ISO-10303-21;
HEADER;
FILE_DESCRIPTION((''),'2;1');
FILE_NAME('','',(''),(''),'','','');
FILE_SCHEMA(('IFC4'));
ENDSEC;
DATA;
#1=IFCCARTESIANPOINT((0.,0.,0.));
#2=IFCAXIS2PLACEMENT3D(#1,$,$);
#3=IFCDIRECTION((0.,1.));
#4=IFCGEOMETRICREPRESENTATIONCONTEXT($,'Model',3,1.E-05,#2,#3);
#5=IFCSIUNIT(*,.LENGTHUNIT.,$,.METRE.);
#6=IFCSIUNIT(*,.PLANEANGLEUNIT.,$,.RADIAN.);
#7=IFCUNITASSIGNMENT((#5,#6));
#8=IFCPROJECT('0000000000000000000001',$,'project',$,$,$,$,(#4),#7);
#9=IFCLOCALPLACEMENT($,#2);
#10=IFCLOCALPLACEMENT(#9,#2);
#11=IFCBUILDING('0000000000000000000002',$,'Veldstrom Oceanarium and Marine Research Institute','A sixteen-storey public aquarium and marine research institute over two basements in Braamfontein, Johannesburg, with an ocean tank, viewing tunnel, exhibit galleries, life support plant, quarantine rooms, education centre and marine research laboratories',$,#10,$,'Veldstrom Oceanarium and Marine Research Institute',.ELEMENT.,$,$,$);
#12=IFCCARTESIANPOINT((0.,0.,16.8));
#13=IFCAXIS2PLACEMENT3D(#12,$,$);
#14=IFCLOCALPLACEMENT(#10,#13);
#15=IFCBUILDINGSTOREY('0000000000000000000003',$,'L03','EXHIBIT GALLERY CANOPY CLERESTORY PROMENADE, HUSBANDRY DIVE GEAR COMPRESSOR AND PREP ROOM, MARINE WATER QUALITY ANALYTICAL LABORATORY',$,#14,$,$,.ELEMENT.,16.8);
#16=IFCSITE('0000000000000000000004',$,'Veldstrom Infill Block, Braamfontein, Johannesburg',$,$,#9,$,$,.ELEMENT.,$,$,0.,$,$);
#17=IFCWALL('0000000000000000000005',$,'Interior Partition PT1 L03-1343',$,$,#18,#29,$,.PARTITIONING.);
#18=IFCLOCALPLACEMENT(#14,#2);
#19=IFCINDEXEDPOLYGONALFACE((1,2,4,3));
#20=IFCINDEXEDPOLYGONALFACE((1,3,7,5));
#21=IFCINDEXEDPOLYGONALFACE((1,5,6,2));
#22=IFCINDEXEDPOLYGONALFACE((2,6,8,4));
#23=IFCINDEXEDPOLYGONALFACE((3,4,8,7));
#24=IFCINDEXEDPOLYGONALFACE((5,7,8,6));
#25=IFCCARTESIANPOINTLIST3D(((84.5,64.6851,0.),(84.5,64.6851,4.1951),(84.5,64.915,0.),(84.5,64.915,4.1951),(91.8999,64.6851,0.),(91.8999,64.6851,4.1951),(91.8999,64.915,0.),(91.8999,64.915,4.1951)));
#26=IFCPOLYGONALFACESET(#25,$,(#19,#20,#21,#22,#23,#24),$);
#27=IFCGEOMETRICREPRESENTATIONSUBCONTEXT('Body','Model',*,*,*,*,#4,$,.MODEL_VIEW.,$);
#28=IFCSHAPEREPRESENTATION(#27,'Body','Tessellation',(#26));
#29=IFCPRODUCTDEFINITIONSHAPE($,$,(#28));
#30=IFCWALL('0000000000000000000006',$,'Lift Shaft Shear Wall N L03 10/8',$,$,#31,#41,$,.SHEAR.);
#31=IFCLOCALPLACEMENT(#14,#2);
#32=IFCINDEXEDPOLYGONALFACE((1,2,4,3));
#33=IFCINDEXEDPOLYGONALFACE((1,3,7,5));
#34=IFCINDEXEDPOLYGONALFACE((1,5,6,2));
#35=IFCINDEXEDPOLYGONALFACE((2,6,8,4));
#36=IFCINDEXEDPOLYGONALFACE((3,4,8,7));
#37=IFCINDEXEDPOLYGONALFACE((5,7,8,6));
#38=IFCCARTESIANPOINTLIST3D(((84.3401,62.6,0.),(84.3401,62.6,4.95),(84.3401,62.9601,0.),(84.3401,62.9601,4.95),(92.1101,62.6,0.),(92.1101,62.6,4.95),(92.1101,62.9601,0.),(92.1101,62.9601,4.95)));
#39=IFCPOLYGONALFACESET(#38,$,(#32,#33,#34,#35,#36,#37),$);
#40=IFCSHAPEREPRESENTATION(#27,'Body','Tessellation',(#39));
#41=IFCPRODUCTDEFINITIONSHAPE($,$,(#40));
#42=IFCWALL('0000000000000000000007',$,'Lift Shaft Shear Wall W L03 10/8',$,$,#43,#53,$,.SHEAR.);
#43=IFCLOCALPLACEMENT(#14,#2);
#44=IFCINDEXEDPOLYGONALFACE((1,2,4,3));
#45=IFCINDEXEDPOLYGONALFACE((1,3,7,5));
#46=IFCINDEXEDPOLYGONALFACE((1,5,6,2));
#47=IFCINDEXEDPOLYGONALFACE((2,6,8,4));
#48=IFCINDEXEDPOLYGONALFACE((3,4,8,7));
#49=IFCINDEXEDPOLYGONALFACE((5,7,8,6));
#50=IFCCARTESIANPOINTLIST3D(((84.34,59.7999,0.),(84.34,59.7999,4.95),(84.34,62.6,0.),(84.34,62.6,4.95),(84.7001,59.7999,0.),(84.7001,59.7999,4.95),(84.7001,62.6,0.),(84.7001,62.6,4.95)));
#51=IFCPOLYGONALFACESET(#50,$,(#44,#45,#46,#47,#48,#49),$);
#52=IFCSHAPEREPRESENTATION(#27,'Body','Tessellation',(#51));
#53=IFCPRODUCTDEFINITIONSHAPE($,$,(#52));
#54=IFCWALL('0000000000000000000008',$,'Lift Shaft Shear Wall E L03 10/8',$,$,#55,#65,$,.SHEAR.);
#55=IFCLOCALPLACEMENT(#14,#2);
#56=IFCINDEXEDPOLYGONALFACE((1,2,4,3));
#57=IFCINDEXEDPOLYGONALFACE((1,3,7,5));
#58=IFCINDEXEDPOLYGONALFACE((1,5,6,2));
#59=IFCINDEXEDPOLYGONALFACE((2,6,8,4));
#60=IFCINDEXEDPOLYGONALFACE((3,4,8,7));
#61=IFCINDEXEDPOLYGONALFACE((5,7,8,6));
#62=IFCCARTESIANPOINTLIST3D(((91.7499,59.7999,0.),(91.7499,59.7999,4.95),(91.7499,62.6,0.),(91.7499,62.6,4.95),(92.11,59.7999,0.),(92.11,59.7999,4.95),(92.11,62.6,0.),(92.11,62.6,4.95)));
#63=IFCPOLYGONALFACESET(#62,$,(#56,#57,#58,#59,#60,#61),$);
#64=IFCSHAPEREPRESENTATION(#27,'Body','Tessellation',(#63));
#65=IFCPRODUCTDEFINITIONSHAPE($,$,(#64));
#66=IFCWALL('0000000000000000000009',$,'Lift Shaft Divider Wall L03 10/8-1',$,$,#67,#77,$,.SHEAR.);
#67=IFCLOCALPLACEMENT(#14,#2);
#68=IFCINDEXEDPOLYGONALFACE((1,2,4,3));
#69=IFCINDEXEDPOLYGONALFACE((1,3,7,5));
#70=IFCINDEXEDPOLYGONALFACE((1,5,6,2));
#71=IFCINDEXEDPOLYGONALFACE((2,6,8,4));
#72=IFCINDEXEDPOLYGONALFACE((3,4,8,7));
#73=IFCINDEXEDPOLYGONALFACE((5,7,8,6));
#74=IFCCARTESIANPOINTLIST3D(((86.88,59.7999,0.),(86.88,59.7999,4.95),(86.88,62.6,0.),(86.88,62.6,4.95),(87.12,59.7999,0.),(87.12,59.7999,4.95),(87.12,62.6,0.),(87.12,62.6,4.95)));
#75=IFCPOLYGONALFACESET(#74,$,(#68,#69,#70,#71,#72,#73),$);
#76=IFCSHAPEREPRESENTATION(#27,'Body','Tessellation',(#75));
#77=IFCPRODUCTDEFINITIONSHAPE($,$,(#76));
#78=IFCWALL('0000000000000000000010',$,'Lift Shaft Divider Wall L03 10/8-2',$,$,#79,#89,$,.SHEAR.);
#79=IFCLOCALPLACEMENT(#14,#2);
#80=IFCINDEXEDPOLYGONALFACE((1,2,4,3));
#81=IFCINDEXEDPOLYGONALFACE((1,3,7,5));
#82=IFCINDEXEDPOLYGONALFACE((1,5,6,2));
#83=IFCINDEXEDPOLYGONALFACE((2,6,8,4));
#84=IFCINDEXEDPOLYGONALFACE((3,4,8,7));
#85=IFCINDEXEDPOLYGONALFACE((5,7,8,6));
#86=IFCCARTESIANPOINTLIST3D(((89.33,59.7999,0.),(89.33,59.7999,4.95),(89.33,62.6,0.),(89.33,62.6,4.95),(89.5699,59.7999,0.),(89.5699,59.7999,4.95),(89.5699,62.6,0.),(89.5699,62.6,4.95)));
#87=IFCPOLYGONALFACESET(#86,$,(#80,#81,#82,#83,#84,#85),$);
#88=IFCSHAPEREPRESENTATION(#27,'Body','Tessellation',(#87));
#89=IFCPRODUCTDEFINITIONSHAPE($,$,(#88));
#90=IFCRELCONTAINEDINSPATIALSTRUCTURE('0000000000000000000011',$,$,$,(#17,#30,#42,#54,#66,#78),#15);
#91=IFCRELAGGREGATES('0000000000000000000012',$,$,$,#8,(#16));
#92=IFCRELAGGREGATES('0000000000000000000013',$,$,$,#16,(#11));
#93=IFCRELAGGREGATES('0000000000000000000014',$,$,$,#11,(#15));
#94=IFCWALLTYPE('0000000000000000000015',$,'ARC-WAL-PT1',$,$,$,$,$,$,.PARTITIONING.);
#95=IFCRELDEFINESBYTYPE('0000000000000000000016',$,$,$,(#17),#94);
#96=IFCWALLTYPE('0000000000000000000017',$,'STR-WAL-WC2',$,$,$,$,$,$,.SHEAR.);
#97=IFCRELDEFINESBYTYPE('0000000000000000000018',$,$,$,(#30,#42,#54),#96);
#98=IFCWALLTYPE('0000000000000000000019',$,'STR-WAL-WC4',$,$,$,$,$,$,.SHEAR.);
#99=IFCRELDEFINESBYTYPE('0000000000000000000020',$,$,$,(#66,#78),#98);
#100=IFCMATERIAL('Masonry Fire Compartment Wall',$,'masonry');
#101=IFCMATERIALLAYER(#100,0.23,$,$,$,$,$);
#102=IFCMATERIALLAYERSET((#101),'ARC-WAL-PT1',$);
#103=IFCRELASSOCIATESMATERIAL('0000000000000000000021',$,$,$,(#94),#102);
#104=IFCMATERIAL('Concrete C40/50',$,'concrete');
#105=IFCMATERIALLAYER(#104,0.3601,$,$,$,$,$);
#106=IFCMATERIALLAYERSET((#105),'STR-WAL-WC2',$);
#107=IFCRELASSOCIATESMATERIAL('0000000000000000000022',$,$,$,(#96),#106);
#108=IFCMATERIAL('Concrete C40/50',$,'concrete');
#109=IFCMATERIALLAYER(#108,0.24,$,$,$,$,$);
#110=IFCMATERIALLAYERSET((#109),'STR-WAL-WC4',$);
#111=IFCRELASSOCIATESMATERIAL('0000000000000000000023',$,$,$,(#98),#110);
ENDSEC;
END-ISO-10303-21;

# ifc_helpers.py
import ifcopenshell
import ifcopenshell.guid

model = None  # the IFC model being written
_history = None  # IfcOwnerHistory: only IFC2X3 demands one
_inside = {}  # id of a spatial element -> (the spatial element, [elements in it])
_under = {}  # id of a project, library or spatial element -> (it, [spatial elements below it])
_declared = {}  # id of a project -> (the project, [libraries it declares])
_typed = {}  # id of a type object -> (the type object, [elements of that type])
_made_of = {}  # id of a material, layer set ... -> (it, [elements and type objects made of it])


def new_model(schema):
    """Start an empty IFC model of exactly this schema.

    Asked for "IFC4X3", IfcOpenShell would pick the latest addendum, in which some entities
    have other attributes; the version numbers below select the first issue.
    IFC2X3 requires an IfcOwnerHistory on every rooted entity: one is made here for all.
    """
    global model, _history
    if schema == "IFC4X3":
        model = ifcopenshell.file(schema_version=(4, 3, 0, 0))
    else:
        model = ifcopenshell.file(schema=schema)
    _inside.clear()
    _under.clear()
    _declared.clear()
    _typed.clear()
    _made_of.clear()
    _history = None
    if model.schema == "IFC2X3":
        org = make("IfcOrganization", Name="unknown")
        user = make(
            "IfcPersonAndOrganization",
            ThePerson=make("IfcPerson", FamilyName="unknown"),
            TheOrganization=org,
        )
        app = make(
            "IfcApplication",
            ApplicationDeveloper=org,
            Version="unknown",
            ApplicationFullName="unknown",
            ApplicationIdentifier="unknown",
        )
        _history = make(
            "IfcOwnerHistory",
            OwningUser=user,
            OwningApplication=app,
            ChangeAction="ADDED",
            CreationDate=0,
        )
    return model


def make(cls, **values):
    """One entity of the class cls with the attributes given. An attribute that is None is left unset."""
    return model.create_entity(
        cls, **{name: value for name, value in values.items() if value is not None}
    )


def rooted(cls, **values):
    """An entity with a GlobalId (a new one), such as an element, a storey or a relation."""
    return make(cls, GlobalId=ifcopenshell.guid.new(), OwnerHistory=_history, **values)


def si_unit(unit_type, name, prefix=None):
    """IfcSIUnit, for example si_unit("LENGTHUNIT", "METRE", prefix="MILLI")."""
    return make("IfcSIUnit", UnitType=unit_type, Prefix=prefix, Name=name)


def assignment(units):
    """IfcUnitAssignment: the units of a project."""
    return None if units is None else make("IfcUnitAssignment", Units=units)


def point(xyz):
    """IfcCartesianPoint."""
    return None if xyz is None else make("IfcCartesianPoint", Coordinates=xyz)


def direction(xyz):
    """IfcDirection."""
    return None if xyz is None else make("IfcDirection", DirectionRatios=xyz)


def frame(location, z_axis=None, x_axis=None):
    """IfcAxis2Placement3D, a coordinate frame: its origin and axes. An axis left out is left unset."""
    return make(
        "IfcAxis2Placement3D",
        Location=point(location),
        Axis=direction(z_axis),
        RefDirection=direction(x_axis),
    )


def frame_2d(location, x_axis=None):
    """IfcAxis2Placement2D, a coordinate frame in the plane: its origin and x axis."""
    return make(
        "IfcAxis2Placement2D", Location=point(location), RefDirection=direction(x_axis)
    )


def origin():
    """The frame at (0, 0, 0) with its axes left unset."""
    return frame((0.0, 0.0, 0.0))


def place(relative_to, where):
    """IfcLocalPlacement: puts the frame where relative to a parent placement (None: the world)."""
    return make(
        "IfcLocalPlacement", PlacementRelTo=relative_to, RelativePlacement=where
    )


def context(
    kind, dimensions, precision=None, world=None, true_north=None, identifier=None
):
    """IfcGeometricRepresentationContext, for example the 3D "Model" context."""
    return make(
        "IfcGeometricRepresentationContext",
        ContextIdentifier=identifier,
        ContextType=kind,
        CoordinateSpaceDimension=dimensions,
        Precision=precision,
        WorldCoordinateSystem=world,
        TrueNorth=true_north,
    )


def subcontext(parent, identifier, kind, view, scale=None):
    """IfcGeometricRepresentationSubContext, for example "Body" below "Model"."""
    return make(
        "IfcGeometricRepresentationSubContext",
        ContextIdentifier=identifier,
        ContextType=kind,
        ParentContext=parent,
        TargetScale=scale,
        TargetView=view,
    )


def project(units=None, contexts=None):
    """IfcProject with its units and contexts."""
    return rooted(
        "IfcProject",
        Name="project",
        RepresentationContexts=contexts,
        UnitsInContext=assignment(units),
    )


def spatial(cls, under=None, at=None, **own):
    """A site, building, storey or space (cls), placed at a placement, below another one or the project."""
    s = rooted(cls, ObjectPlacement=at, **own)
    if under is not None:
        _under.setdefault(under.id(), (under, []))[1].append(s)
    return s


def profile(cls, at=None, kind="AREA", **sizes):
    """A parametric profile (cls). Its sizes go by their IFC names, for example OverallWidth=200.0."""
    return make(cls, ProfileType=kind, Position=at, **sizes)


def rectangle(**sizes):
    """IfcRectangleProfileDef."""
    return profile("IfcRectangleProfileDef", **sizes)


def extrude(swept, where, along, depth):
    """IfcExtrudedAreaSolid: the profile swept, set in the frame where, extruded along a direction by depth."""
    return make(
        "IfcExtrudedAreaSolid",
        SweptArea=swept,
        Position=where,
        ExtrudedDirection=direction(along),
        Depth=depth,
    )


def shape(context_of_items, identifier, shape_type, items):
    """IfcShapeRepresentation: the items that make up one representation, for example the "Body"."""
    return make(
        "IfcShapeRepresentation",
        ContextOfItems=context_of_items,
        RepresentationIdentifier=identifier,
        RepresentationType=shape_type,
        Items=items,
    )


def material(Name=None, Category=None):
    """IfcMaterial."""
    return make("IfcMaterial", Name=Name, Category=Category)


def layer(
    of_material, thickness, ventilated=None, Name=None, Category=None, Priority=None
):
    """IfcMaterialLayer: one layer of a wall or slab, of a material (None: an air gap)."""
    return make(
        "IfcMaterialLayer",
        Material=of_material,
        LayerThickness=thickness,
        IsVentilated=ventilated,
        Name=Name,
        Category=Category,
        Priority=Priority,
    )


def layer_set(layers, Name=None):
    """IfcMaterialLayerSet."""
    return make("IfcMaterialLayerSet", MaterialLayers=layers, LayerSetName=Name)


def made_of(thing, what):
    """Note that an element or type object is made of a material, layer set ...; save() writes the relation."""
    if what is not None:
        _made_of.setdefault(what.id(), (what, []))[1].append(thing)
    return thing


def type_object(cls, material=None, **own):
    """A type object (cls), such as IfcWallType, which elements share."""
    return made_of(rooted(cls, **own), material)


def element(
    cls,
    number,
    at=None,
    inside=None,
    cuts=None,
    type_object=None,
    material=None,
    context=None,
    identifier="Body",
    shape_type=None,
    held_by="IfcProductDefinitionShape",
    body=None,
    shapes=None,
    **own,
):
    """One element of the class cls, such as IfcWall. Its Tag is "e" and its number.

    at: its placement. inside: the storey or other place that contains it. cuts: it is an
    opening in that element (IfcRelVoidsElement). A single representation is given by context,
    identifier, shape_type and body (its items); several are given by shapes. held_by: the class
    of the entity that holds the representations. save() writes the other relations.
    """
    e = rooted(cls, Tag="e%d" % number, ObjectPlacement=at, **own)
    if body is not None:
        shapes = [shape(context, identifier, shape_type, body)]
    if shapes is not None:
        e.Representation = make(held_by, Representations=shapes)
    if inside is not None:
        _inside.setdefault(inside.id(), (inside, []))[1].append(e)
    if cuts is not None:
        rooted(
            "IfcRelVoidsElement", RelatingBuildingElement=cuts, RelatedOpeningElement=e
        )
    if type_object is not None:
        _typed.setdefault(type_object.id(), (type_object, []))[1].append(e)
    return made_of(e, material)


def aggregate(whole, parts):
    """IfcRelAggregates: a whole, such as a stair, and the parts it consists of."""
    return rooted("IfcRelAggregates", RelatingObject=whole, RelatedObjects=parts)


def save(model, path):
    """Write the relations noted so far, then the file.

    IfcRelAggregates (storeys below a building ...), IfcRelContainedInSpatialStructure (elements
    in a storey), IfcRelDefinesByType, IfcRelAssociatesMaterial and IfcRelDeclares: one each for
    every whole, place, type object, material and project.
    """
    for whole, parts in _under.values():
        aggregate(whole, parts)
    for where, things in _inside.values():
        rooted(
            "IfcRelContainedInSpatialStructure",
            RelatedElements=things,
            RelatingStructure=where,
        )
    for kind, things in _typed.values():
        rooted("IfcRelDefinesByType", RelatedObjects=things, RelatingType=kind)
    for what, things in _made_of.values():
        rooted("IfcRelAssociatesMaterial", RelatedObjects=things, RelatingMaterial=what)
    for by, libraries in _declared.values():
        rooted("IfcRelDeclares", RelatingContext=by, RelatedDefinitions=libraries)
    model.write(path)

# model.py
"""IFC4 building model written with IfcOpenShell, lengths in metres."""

from ifc_helpers import new_model, si_unit, direction, frame, frame_2d, origin, place, context, subcontext, project, spatial, rectangle, extrude, material, layer, layer_set, type_object, element, save


model = new_model("IFC4")

# Units and contexts
model_context = context("Model", 3, precision=1e-05, world=origin(), true_north=direction((0.0, 1.0)))
body_context = subcontext(model_context, "Body", "Model", "MODEL_VIEW")
ifc_project = project(units=[si_unit("LENGTHUNIT", "METRE"), si_unit("PLANEANGLEUNIT", "RADIAN")], contexts=[model_context])

# Site, building, storey
site_placement = place(None, origin())
site = spatial("IfcSite", under=ifc_project, at=site_placement, Name="Veldstrom Infill Block, Braamfontein, Johannesburg", CompositionType="ELEMENT", RefElevation=0.0)
building_placement = place(site_placement, origin())
building = spatial("IfcBuilding", under=site, at=building_placement, Name="Veldstrom Oceanarium and Marine Research Institute", Description="A sixteen-storey public aquarium and marine research institute over two basements in Braamfontein, Johannesburg, with an ocean tank, viewing tunnel, exhibit galleries, life support plant, quarantine rooms, education centre and marine research laboratories", LongName="Veldstrom Oceanarium and Marine Research Institute", CompositionType="ELEMENT")
storey_placement = place(building_placement, frame((0.0, 0.0, 16.8)))
storey = spatial("IfcBuildingStorey", under=building, at=storey_placement, Name="L03", Description="EXHIBIT GALLERY CANOPY CLERESTORY PROMENADE, HUSBANDRY DIVE GEAR COMPRESSOR AND PREP ROOM, MARINE WATER QUALITY ANALYTICAL LABORATORY", CompositionType="ELEMENT", Elevation=16.8)

# Shared definitions
ifc_material_1 = material(Name="Masonry Fire Compartment Wall", Category="masonry")
ifc_layer_1 = layer(ifc_material_1, 0.23)
ifc_layer_set_1 = layer_set([ifc_layer_1], Name="ARC-WAL-PT1")
wall_type_1 = type_object("IfcWallType", Name="ARC-WAL-PT1", PredefinedType="PARTITIONING", material=ifc_layer_set_1)

# Walls
wall_1_placement = place(storey_placement, frame((84.5, 64.8, 0.0), z_axis=(0.0, 0.0, 1.0), x_axis=(1.0, 0.0, 0.0)))
element("IfcWall", 1, at=wall_1_placement, inside=storey, type_object=wall_type_1, Name="Interior Partition PT1 L03-1343", PredefinedType="PARTITIONING", context=body_context, shape_type="SweptSolid", body=[
    extrude(rectangle(XDim=7.3999, YDim=0.23, at=frame_2d((3.7, 0.0))), origin(), (0.0, 0.0, 1.0), 4.1951),
])
ifc_material_2 = material(Name="Concrete C40/50", Category="concrete")
ifc_layer_2 = layer(ifc_material_2, 0.3601)
ifc_layer_set_2 = layer_set([ifc_layer_2], Name="STR-WAL-WC2")
wall_type_2 = type_object("IfcWallType", Name="STR-WAL-WC2", PredefinedType="SHEAR", material=ifc_layer_set_2)
wall_2_placement = place(storey_placement, frame((84.3401, 62.78, 0.0), z_axis=(0.0, 0.0, 1.0), x_axis=(1.0, 0.0, 0.0)))
element("IfcWall", 2, at=wall_2_placement, inside=storey, type_object=wall_type_2, Name="Lift Shaft Shear Wall N L03 10/8", PredefinedType="SHEAR", context=body_context, shape_type="SweptSolid", body=[
    extrude(rectangle(XDim=7.77, YDim=0.3601, at=frame_2d((3.885, 0.0))), origin(), (0.0, 0.0, 1.0), 4.95),
])

# Walls
for number, where, z_axis, x_axis, name in (
    (3, (84.52, 59.8, 0.0), (0.0, 0.0, 1.0), (0.0, 1.0, 0.0), "Lift Shaft Shear Wall W L03 10/8"),
    (4, (91.9299, 59.8, 0.0), (0.0, 0.0, 1.0), (0.0, 1.0, 0.0), "Lift Shaft Shear Wall E L03 10/8"),
):
    element("IfcWall", number, at=place(storey_placement, frame(where, z_axis=z_axis, x_axis=x_axis)), inside=storey, type_object=wall_type_2, Name=name, PredefinedType="SHEAR", context=body_context, shape_type="SweptSolid", body=[
        extrude(rectangle(XDim=2.8, YDim=0.3601, at=frame_2d((1.3999, 0.0))), origin(), (0.0, 0.0, 1.0), 4.95),
    ])
ifc_material_3 = material(Name="Concrete C40/50", Category="concrete")
ifc_layer_3 = layer(ifc_material_3, 0.24)
ifc_layer_set_3 = layer_set([ifc_layer_3], Name="STR-WAL-WC4")
wall_type_3 = type_object("IfcWallType", Name="STR-WAL-WC4", PredefinedType="SHEAR", material=ifc_layer_set_3)
for number, where, z_axis, x_axis, name in (
    (5, (87.0, 59.8, 0.0), (0.0, 0.0, 1.0), (0.0, 1.0, 0.0), "Lift Shaft Divider Wall L03 10/8-1"),
    (6, (89.45, 59.8, 0.0), (0.0, 0.0, 1.0), (0.0, 1.0, 0.0), "Lift Shaft Divider Wall L03 10/8-2"),
):
    element("IfcWall", number, at=place(storey_placement, frame(where, z_axis=z_axis, x_axis=x_axis)), inside=storey, type_object=wall_type_3, Name=name, PredefinedType="SHEAR", context=body_context, shape_type="SweptSolid", body=[
        extrude(rectangle(XDim=2.8, YDim=0.24, at=frame_2d((1.3999, 0.0))), origin(), (0.0, 0.0, 1.0), 4.95),
    ])

save(model, "model.ifc")
